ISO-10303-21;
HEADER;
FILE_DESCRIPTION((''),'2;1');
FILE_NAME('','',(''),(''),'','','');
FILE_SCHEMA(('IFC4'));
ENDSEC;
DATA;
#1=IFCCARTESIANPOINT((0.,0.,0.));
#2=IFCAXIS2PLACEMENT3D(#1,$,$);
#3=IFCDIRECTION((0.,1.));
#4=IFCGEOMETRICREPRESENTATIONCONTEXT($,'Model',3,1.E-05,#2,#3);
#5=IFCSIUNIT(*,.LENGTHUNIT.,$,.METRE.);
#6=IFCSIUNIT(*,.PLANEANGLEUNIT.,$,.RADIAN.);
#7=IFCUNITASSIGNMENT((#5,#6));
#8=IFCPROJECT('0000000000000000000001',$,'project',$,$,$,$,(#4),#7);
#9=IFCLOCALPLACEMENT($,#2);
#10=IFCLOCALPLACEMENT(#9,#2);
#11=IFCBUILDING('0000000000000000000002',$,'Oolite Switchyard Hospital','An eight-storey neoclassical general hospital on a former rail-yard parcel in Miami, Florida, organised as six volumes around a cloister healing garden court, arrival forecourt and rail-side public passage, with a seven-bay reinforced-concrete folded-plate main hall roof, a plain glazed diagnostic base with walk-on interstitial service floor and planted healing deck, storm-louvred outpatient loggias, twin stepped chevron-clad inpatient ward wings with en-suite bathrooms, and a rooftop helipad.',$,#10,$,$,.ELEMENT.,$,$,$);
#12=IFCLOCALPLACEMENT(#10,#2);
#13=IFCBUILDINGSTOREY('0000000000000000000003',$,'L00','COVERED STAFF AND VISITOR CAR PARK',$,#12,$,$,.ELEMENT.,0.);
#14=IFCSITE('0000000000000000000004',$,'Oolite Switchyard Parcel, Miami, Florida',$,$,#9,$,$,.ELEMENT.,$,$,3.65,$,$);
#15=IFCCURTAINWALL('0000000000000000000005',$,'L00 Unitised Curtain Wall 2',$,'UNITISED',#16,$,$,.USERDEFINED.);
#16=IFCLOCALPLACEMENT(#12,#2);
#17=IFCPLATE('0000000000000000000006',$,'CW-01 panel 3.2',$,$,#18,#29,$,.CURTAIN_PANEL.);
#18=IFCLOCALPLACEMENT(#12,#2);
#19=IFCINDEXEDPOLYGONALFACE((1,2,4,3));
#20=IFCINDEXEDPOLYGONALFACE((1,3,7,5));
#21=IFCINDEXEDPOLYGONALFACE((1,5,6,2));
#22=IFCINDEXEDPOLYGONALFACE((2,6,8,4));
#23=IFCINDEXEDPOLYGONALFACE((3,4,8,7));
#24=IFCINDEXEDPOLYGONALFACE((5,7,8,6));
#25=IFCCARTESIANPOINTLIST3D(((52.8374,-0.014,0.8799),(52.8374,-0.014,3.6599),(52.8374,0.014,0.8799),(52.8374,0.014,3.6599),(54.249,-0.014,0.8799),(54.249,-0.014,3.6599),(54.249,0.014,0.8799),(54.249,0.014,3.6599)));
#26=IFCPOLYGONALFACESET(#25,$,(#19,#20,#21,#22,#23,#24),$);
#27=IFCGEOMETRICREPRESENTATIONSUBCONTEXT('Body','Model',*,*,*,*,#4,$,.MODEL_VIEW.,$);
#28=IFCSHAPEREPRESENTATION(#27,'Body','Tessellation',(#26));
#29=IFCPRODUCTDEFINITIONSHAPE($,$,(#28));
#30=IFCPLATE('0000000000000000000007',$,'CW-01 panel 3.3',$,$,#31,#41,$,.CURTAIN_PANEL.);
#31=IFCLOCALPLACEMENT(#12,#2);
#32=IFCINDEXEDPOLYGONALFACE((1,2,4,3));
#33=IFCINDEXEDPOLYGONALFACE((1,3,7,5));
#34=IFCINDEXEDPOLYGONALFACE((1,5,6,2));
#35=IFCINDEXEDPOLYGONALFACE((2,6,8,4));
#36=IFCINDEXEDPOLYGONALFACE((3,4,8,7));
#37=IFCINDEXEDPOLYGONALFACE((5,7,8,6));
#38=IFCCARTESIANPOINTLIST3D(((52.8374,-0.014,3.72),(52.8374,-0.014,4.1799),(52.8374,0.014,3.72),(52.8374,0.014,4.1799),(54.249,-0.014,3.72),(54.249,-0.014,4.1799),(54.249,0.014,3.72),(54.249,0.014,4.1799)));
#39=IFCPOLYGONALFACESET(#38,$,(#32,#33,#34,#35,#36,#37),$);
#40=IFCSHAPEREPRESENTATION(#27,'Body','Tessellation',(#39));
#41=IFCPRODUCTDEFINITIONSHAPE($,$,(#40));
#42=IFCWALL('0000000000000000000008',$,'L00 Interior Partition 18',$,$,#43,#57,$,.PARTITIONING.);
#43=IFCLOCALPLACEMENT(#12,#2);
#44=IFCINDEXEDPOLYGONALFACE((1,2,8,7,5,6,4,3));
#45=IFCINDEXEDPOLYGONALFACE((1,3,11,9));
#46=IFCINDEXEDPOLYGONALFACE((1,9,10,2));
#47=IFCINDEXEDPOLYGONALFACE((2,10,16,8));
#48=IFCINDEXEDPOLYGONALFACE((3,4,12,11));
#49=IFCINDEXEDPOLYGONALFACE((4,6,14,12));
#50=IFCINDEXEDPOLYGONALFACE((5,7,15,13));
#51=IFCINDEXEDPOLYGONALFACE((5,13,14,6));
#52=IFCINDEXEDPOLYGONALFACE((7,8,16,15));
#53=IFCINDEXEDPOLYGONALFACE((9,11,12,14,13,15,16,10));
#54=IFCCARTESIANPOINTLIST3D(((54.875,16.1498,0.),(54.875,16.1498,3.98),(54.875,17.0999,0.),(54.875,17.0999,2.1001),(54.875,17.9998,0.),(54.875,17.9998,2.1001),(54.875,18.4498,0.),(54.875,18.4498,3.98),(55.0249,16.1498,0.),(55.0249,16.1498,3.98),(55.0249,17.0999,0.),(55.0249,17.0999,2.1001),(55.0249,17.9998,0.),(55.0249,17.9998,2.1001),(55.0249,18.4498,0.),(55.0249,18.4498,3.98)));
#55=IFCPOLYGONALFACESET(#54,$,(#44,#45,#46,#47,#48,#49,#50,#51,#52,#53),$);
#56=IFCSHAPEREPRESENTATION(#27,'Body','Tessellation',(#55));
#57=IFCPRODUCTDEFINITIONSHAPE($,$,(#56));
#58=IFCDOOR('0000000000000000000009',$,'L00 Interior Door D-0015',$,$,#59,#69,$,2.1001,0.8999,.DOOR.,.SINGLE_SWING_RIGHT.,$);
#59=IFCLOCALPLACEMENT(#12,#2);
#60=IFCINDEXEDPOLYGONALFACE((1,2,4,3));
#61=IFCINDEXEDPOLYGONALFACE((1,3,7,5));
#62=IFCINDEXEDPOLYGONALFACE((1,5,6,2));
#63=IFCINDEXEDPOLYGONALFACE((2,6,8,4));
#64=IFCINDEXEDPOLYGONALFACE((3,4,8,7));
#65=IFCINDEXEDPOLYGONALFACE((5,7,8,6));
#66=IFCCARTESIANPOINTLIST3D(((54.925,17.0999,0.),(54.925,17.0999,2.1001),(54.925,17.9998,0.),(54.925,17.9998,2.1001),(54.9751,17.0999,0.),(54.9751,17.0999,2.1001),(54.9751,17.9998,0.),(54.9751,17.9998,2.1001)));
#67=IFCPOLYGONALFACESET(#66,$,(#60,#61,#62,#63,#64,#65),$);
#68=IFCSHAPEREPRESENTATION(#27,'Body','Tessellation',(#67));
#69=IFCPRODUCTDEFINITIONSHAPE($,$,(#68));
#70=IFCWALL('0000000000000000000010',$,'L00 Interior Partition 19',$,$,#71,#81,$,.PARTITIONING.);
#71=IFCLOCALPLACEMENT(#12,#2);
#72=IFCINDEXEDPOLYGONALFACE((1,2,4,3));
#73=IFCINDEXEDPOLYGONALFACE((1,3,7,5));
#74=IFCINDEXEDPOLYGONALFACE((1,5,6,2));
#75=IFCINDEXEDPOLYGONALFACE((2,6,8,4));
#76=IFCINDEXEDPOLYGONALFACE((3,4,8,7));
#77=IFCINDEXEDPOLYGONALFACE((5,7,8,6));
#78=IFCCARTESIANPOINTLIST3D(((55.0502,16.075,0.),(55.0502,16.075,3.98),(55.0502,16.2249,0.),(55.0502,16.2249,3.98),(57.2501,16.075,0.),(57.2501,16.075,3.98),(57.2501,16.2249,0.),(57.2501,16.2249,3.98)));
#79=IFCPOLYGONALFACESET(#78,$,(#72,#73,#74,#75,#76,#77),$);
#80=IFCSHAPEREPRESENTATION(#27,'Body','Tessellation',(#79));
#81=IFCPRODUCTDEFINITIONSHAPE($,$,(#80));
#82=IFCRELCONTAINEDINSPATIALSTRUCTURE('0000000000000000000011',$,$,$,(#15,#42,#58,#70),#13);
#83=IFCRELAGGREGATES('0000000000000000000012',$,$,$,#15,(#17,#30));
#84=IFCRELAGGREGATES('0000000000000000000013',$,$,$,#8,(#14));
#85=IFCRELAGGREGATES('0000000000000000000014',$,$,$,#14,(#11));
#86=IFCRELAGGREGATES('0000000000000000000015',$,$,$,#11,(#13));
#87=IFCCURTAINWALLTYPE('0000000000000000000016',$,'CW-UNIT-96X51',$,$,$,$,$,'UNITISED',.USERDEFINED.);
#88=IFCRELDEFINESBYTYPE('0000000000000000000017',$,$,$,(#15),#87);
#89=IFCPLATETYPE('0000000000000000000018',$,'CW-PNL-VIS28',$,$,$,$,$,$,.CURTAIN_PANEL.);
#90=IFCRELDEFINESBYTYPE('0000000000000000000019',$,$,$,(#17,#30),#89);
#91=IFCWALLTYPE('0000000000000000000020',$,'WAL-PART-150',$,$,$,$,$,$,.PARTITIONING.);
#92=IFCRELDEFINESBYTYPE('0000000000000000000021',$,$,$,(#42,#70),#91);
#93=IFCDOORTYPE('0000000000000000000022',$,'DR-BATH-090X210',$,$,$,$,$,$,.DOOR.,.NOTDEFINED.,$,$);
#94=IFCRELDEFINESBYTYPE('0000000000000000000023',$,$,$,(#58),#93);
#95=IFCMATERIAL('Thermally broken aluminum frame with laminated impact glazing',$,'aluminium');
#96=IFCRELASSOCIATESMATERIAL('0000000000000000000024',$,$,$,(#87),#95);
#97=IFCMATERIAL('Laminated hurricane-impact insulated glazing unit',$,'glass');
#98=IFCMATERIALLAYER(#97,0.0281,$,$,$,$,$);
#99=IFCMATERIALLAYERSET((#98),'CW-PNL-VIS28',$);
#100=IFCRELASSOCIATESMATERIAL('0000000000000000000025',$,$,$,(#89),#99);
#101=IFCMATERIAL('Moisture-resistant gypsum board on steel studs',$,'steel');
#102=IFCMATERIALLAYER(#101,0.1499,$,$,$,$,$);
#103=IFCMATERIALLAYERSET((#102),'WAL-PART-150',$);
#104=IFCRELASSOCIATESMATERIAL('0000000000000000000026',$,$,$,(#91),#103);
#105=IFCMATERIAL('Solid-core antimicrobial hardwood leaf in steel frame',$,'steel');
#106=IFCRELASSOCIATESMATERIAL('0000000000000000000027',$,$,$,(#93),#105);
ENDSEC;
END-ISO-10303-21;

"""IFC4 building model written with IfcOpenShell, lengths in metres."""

from ifc_helpers import new_model, si_unit, direction, frame, frame_2d, origin, origin_2d, place, context, subcontext, project, spatial, rectangle, extrude, material, layer, layer_set, type_object, element, fill, aggregate, save


model = new_model("IFC4")

# Units and contexts
model_context = context("Model", 3, precision=1e-05, world=origin(), true_north=direction((0.0, 1.0)))
body_context = subcontext(model_context, "Body", "Model", "MODEL_VIEW")
ifc_project = project(units=[si_unit("LENGTHUNIT", "METRE"), si_unit("PLANEANGLEUNIT", "RADIAN")], contexts=[model_context])

# Site, building, storey
site_placement = place(None, origin())
site = spatial("IfcSite", under=ifc_project, at=site_placement, Name="Oolite Switchyard Parcel, Miami, Florida", CompositionType="ELEMENT", RefElevation=3.65)
building_placement = place(site_placement, origin())
building = spatial("IfcBuilding", under=site, at=building_placement, Name="Oolite Switchyard Hospital", Description="An eight-storey neoclassical general hospital on a former rail-yard parcel in Miami, Florida, organised as six volumes around a cloister healing garden court, arrival forecourt and rail-side public passage, with a seven-bay reinforced-concrete folded-plate main hall roof, a plain glazed diagnostic base with walk-on interstitial service floor and planted healing deck, storm-louvred outpatient loggias, twin stepped chevron-clad inpatient ward wings with en-suite bathrooms, and a rooftop helipad.", CompositionType="ELEMENT")
storey_placement = place(building_placement, origin())
storey = spatial("IfcBuildingStorey", under=building, at=storey_placement, Name="L00", Description="COVERED STAFF AND VISITOR CAR PARK", CompositionType="ELEMENT", Elevation=0.0)

# Curtain wall, plates
ifc_material_1 = material(Name="Thermally broken aluminum frame with laminated impact glazing", Category="aluminium")
curtain_wall_type = type_object("IfcCurtainWallType", Name="CW-UNIT-96X51", ElementType="UNITISED", PredefinedType="USERDEFINED", material=ifc_material_1)
curtain_wall_placement = place(storey_placement, origin())
curtain_wall = element("IfcCurtainWall", 1, at=curtain_wall_placement, inside=storey, type_object=curtain_wall_type, Name="L00 Unitised Curtain Wall 2", ObjectType="UNITISED", PredefinedType="USERDEFINED")
ifc_material_2 = material(Name="Laminated hurricane-impact insulated glazing unit", Category="glass")
ifc_layer_1 = layer(ifc_material_2, 0.0281)
ifc_layer_set_1 = layer_set([ifc_layer_1], Name="CW-PNL-VIS28")
plate_type = type_object("IfcPlateType", Name="CW-PNL-VIS28", PredefinedType="CURTAIN_PANEL", material=ifc_layer_set_1)
plate_1_placement = place(storey_placement, frame((53.5432, 0.0, 0.8799), z_axis=(0.0, 0.0, 1.0), x_axis=(-1.0, 0.0, 0.0)))
plate_1 = element("IfcPlate", 2, at=plate_1_placement, type_object=plate_type, Name="CW-01 panel 3.2", PredefinedType="CURTAIN_PANEL", context=body_context, shape_type="SweptSolid", body=[
    extrude(rectangle(XDim=1.4116, YDim=0.0281, at=origin_2d()), origin(), (0.0, 0.0, 1.0), 2.78),
])
plate_2_placement = place(storey_placement, frame((53.5432, 0.0, 3.72), z_axis=(0.0, 0.0, 1.0), x_axis=(-1.0, 0.0, 0.0)))
plate_2 = element("IfcPlate", 3, at=plate_2_placement, type_object=plate_type, Name="CW-01 panel 3.3", PredefinedType="CURTAIN_PANEL", context=body_context, shape_type="SweptSolid", body=[
    extrude(rectangle(XDim=1.4116, YDim=0.0281, at=origin_2d()), origin(), (0.0, 0.0, 1.0), 0.46),
])
aggregate(curtain_wall, [plate_1, plate_2])

# Wall, opening, door
ifc_material_3 = material(Name="Moisture-resistant gypsum board on steel studs", Category="steel")
ifc_layer_2 = layer(ifc_material_3, 0.1499)
ifc_layer_set_2 = layer_set([ifc_layer_2], Name="WAL-PART-150")
wall_type = type_object("IfcWallType", Name="WAL-PART-150", PredefinedType="PARTITIONING", material=ifc_layer_set_2)
wall_1_placement = place(storey_placement, frame((54.95, 16.1499, 0.0), z_axis=(0.0, 0.0, 1.0), x_axis=(0.0, 1.0, 0.0)))
wall_1 = element("IfcWall", 4, at=wall_1_placement, inside=storey, type_object=wall_type, Name="L00 Interior Partition 18", PredefinedType="PARTITIONING", context=body_context, shape_type="SweptSolid", body=[
    extrude(rectangle(XDim=2.3, YDim=0.1499, at=frame_2d((1.1499, 0.0))), origin(), (0.0, 0.0, 1.0), 3.98),
])
opening_placement = place(wall_1_placement, frame((0.95, 0.0, 0.0)))
opening = element("IfcOpeningElement", 5, at=opening_placement, cuts=wall_1, PredefinedType="OPENING", context=body_context, shape_type="SweptSolid", body=[
    extrude(rectangle(XDim=0.8999, YDim=2.1001, at=frame_2d((0.45, 1.05))), frame((0.0, 0.085, 0.0), z_axis=(0.0, -1.0, 0.0), x_axis=(1.0, 0.0, 0.0)), (0.0, 0.0, 1.0), 0.1699),
])
ifc_material_4 = material(Name="Solid-core antimicrobial hardwood leaf in steel frame", Category="steel")
door_type = type_object("IfcDoorType", Name="DR-BATH-090X210", OperationType="NOTDEFINED", PredefinedType="DOOR", material=ifc_material_4)
door_placement = place(opening_placement, origin())
door = element("IfcDoor", 6, at=door_placement, inside=storey, type_object=door_type, Name="L00 Interior Door D-0015", OperationType="SINGLE_SWING_RIGHT", OverallHeight=2.1001, OverallWidth=0.8999, PredefinedType="DOOR", context=body_context, shape_type="SweptSolid", body=[
    extrude(rectangle(XDim=0.8999, YDim=2.1001, at=frame_2d((0.45, 1.05))), frame((0.0, 0.0249, 0.0), z_axis=(0.0, -1.0, 0.0), x_axis=(1.0, 0.0, 0.0)), (0.0, 0.0, 1.0), 0.05),
])
fill(opening, door)

# Wall
wall_2_placement = place(storey_placement, frame((55.05, 16.1499, 0.0), z_axis=(0.0, 0.0, 1.0), x_axis=(1.0, 0.0, 0.0)))
element("IfcWall", 7, at=wall_2_placement, inside=storey, type_object=wall_type, Name="L00 Interior Partition 19", PredefinedType="PARTITIONING", context=body_context, shape_type="SweptSolid", body=[
    extrude(rectangle(XDim=2.2, YDim=0.1499, at=frame_2d((1.1001, 0.0))), origin(), (0.0, 0.0, 1.0), 3.98),
])

save(model, "model.ifc")
